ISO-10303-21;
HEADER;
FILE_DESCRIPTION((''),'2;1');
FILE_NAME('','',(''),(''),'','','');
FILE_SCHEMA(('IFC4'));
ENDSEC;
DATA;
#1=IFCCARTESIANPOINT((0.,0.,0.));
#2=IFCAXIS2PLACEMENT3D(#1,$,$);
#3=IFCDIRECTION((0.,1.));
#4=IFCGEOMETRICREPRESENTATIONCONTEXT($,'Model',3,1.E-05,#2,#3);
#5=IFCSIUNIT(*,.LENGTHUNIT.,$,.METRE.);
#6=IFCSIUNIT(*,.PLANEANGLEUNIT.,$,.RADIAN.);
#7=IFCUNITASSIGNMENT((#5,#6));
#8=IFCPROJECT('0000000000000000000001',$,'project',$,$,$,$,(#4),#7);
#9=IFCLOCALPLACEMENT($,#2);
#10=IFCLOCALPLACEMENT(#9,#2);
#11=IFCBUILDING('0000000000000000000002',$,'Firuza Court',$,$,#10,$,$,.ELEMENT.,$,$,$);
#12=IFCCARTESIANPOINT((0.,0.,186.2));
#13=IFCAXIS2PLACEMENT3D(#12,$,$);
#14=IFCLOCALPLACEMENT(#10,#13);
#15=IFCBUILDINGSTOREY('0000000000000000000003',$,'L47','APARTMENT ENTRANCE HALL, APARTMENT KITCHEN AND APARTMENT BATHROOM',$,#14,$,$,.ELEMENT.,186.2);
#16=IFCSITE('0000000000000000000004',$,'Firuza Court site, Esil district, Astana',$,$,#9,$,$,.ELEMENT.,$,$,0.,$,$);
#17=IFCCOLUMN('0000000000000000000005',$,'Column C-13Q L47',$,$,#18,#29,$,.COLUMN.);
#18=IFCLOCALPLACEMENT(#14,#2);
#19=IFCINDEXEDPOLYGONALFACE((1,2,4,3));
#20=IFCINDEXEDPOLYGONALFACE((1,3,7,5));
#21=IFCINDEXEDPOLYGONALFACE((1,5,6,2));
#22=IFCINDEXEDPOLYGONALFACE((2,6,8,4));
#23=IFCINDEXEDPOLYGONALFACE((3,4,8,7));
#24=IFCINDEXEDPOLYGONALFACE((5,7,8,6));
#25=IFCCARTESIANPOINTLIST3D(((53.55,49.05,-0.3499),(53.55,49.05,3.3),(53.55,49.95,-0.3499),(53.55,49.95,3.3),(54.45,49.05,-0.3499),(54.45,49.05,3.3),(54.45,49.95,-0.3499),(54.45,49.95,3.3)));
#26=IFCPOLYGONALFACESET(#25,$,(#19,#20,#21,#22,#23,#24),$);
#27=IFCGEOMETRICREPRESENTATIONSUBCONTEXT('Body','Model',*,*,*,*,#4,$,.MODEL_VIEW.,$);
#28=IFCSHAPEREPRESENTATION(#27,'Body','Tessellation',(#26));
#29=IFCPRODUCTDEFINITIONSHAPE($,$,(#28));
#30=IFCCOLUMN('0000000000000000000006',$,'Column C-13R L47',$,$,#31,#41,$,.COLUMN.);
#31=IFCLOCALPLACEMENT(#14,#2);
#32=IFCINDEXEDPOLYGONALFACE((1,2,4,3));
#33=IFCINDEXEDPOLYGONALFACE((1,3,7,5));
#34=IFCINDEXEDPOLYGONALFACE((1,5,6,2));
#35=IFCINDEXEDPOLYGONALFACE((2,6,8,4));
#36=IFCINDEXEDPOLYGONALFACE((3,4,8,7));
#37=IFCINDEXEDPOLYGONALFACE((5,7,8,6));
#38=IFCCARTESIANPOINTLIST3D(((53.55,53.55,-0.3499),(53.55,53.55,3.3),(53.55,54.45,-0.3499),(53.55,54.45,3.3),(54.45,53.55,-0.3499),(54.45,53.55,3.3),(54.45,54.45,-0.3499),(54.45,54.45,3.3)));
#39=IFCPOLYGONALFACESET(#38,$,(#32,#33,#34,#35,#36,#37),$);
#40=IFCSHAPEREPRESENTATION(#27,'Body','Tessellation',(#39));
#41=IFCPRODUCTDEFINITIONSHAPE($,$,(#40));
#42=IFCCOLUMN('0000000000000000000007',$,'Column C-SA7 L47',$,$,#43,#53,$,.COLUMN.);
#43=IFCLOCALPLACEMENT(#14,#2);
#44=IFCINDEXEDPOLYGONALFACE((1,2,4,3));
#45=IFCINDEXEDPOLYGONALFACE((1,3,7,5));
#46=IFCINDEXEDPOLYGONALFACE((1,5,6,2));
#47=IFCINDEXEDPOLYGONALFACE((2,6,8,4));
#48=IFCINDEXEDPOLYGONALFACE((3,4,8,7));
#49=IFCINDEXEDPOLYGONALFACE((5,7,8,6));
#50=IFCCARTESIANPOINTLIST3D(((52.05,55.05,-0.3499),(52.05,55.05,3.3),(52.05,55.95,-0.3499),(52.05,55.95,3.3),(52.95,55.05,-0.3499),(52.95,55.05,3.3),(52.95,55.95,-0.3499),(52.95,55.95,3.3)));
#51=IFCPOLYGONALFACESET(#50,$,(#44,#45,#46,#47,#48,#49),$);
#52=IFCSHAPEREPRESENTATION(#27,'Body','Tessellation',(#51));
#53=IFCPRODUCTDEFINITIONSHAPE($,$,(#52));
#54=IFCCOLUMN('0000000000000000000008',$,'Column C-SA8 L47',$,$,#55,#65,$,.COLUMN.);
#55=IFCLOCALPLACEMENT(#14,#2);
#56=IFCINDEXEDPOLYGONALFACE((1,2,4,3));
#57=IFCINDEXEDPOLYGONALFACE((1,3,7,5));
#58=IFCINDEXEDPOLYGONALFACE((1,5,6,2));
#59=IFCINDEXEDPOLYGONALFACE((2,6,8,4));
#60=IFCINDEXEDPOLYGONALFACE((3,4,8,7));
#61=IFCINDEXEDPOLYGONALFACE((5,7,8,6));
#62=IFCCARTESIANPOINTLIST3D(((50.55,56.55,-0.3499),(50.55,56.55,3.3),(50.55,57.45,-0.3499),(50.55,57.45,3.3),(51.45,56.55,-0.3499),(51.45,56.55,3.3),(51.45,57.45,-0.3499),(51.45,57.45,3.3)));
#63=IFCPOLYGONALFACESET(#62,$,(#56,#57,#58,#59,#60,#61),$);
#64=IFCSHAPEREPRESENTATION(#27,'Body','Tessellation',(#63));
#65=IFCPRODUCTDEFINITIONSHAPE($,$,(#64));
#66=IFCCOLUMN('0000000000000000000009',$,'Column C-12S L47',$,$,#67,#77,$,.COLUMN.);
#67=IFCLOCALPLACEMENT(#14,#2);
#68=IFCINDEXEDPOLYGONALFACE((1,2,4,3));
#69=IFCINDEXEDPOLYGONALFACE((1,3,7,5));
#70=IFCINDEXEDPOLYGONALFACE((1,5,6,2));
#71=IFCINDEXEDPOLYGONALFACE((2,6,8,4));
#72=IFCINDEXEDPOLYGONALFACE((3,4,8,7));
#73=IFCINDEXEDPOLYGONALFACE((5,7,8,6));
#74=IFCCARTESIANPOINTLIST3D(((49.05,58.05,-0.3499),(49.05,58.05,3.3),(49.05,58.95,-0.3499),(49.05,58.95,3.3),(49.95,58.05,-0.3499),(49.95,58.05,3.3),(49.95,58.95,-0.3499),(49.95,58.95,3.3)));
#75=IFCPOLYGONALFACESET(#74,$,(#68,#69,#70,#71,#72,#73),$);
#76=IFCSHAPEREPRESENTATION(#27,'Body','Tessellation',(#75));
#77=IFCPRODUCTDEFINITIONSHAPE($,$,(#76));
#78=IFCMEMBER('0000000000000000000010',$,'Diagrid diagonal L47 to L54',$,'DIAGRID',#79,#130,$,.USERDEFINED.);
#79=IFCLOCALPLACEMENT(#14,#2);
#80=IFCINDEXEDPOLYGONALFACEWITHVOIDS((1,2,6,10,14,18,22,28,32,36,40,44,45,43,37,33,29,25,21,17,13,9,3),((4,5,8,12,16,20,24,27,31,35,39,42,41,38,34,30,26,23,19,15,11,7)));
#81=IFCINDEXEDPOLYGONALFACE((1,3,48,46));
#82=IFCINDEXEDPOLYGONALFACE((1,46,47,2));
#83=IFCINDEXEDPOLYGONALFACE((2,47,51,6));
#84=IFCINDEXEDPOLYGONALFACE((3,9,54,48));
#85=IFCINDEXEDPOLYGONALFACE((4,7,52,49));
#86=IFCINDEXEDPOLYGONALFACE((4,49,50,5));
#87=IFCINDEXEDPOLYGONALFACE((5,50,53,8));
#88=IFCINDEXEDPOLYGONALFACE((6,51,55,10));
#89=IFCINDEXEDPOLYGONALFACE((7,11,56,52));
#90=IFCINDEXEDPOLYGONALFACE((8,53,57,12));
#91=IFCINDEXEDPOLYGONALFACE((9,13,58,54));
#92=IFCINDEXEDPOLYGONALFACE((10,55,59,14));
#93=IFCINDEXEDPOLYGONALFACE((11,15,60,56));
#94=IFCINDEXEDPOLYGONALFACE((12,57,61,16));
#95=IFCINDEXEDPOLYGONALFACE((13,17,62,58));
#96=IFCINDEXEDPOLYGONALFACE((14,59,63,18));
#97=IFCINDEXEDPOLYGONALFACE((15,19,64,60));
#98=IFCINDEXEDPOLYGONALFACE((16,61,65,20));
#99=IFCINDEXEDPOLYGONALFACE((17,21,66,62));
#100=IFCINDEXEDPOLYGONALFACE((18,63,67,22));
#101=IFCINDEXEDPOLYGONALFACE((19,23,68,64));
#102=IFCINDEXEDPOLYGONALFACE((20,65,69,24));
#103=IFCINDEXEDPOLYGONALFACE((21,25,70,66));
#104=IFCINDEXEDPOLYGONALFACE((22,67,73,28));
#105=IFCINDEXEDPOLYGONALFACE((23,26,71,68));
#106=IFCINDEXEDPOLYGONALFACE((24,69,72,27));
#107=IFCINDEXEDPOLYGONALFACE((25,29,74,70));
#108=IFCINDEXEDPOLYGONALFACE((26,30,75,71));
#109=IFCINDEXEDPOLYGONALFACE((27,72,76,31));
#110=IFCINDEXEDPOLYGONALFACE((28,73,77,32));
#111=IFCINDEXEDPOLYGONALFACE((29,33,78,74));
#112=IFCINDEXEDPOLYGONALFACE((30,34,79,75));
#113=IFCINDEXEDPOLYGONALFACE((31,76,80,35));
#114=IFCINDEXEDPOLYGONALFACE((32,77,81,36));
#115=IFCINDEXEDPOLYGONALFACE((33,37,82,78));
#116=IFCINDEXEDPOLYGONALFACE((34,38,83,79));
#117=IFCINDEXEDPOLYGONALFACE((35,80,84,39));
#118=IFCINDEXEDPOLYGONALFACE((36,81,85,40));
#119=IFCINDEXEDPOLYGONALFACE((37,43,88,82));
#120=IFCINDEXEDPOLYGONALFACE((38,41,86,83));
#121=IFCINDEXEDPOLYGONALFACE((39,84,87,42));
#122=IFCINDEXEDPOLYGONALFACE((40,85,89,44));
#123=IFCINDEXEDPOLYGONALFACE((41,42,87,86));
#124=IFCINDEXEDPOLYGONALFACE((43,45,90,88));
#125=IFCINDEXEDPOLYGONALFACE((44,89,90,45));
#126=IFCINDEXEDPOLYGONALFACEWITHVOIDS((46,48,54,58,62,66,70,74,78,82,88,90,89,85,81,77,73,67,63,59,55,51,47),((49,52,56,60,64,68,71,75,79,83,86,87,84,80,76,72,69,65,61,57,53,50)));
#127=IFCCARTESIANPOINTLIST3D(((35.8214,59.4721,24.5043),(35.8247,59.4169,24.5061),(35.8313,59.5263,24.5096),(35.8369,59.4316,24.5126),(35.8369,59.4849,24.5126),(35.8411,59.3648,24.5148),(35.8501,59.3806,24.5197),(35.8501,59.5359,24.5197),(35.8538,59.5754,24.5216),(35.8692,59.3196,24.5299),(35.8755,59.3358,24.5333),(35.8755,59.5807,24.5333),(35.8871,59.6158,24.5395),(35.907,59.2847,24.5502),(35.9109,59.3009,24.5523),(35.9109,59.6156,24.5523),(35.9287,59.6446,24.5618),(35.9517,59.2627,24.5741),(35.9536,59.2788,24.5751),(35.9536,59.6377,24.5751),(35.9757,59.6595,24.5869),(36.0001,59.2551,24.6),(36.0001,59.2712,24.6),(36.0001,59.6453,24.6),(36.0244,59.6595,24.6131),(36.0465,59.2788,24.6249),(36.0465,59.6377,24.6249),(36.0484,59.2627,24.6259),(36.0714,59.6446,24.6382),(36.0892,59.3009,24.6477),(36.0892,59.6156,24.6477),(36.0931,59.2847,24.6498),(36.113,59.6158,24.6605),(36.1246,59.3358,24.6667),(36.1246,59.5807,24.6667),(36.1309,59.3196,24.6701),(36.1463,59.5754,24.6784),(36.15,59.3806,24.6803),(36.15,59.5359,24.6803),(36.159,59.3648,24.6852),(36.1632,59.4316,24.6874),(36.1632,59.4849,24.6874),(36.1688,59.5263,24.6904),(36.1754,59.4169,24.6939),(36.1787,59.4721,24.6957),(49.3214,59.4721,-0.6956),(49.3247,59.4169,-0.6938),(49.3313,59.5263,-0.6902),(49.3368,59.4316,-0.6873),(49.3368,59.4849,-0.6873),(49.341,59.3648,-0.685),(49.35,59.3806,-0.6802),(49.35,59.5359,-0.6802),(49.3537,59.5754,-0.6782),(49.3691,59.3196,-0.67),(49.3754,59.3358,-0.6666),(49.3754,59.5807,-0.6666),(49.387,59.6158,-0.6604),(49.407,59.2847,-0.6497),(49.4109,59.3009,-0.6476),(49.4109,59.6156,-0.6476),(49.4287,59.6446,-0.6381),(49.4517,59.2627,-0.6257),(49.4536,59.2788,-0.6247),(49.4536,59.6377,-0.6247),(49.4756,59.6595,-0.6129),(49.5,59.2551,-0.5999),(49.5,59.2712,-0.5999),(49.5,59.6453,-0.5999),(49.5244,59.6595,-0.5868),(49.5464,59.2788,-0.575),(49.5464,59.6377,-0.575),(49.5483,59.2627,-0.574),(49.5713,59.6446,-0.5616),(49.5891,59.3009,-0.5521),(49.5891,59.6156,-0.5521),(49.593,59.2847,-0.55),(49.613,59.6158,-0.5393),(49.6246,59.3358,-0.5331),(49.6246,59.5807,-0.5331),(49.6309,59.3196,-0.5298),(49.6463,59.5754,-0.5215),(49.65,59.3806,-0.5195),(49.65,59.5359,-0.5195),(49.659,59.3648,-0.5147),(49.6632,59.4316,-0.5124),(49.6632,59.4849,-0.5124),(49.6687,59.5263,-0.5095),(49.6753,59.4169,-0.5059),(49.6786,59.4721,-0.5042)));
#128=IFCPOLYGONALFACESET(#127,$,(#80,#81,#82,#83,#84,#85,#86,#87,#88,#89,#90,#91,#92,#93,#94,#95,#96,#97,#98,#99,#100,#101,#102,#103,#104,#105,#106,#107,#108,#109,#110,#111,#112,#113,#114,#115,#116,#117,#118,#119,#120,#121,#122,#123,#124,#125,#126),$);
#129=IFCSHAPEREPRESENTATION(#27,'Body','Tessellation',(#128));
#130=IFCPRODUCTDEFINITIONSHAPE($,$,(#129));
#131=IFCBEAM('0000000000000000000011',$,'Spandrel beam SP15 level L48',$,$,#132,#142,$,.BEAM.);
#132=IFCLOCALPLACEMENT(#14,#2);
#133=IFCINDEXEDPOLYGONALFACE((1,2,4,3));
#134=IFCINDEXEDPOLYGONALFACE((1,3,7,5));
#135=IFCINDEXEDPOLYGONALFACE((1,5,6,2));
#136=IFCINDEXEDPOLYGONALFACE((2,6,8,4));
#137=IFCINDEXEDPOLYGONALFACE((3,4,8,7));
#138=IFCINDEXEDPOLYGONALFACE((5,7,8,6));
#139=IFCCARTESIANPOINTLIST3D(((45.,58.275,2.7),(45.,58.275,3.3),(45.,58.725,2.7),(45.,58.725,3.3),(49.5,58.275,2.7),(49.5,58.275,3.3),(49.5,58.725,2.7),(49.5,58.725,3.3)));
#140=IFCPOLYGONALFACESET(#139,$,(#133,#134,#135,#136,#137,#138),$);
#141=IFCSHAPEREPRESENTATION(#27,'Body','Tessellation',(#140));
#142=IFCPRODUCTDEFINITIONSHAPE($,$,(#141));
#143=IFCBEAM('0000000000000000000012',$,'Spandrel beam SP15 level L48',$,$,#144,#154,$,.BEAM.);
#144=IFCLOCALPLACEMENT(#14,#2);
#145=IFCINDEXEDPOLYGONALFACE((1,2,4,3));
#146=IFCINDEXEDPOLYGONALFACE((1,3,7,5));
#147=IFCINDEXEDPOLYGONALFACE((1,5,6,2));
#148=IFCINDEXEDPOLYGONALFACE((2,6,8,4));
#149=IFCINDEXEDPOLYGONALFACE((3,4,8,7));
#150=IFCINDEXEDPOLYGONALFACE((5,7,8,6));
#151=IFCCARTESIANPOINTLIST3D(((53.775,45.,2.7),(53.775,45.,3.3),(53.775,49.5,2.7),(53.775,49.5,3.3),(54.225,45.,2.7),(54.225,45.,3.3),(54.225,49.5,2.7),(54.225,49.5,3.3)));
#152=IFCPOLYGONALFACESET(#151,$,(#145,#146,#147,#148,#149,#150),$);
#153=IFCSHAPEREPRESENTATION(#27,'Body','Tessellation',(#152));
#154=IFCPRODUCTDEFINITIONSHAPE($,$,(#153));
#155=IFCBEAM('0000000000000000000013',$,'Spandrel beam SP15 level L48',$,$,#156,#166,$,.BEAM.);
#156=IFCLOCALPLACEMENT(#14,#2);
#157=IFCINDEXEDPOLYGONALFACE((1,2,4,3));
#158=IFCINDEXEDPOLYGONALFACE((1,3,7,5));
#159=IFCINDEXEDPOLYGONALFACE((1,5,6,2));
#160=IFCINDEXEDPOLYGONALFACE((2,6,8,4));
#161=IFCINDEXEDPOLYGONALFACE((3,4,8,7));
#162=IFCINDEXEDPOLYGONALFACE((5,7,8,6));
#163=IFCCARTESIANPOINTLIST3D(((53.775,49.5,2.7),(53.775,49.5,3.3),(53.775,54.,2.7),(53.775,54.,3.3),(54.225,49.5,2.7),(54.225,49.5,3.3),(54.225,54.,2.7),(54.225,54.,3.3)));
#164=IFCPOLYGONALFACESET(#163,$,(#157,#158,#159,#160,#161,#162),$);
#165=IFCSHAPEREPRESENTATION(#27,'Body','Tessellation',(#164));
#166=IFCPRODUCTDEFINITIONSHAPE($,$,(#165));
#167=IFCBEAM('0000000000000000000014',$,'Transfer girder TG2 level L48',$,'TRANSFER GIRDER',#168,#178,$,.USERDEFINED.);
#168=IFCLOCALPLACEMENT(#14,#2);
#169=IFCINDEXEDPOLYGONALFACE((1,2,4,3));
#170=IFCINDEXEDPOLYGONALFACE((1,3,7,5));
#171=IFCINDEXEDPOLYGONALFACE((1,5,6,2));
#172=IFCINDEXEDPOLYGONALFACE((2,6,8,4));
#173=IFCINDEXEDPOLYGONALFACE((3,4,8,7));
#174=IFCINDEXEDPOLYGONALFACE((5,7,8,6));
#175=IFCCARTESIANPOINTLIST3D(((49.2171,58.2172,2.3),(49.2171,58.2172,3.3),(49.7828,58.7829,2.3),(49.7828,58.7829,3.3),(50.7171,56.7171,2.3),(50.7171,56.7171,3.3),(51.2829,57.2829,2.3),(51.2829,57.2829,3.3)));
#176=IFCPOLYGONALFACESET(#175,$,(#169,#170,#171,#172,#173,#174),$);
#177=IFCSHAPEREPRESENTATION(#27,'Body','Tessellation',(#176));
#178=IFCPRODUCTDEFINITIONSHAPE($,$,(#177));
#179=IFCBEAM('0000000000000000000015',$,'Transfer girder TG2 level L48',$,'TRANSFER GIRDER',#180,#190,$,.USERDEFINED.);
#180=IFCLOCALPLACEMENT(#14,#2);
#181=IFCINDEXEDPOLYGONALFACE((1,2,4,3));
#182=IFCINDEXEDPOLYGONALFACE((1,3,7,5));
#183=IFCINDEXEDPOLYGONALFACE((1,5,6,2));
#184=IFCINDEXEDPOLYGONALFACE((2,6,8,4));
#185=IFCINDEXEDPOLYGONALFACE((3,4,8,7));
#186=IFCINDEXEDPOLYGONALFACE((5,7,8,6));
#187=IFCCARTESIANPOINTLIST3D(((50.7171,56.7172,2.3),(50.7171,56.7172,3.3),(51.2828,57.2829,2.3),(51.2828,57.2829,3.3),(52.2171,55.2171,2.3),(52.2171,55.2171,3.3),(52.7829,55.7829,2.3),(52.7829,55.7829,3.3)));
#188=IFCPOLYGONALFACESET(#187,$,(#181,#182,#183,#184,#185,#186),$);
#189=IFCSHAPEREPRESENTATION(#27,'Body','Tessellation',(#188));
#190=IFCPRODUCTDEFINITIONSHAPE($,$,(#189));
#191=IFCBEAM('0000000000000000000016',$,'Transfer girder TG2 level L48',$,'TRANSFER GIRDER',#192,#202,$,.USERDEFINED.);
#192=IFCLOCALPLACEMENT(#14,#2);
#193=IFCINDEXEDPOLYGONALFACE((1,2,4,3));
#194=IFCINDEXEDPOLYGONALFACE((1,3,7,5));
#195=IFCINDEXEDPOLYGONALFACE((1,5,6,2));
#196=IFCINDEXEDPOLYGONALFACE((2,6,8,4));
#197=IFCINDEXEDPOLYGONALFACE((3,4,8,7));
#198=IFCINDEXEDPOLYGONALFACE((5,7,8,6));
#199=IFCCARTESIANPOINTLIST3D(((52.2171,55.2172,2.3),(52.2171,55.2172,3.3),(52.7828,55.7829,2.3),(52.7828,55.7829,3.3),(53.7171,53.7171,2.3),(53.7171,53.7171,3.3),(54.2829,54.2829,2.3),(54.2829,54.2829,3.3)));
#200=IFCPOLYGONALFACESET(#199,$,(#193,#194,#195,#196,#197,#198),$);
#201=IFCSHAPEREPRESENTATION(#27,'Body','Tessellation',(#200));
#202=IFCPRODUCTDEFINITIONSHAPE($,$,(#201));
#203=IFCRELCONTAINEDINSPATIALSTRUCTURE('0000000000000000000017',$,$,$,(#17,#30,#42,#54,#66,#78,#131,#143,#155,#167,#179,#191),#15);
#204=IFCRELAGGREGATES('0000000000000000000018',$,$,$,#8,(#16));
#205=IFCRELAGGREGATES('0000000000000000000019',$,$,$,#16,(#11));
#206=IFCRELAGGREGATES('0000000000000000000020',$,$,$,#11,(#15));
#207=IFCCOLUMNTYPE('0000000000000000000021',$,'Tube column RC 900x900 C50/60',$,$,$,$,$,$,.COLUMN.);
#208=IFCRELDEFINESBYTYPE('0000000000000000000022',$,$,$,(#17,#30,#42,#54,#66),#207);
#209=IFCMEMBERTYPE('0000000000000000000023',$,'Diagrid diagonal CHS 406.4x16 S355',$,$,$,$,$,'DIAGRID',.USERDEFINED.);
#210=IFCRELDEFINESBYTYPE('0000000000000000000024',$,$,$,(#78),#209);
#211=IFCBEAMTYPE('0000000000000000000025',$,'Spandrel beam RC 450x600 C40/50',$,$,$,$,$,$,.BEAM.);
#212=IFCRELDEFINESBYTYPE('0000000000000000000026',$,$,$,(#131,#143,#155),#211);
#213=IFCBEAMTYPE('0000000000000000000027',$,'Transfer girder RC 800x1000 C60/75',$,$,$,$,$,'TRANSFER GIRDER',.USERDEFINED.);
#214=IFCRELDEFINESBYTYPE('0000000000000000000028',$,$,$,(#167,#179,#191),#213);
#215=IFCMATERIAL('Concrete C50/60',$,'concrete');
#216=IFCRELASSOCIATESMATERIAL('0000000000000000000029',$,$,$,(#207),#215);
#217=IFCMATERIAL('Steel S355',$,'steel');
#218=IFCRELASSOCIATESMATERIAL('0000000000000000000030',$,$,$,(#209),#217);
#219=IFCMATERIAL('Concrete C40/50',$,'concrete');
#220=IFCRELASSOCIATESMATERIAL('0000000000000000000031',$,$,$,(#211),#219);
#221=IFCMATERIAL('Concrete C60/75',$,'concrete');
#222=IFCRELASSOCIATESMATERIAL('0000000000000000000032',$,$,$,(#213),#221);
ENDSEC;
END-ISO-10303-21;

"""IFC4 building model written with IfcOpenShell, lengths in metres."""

from ifc_helpers import new_model, si_unit, direction, frame, origin, origin_2d, place, context, subcontext, project, spatial, rectangle, hollow_circle, extrude, material, material_profile, profile_set, type_object, element, save


model = new_model("IFC4")

# Units and contexts
model_context = context("Model", 3, precision=1e-05, world=origin(), true_north=direction((0.0, 1.0)))
body_context = subcontext(model_context, "Body", "Model", "MODEL_VIEW")
ifc_project = project(units=[si_unit("LENGTHUNIT", "METRE"), si_unit("PLANEANGLEUNIT", "RADIAN")], contexts=[model_context])

# Site, building, storey
site_placement = place(None, origin())
site = spatial("IfcSite", under=ifc_project, at=site_placement, Name="Firuza Court site, Esil district, Astana", CompositionType="ELEMENT", RefElevation=0.0)
building_placement = place(site_placement, origin())
building = spatial("IfcBuilding", under=site, at=building_placement, Name="Firuza Court", CompositionType="ELEMENT")
storey_placement = place(building_placement, frame((0.0, 0.0, 186.2)))
storey = spatial("IfcBuildingStorey", under=building, at=storey_placement, Name="L47", Description="APARTMENT ENTRANCE HALL, APARTMENT KITCHEN AND APARTMENT BATHROOM", CompositionType="ELEMENT", Elevation=186.2)

# Columns
ifc_material_1 = material(Name="Concrete C50/60", Category="concrete")
ifc_material_profile_1 = material_profile(ifc_material_1, rectangle(XDim=0.8999, YDim=0.8999, at=origin_2d()), Name="RC 900x900")
ifc_profile_set_1 = profile_set([ifc_material_profile_1], Name="Concrete C50/60")
column_type = type_object("IfcColumnType", Name="Tube column RC 900x900 C50/60", PredefinedType="COLUMN", material=ifc_profile_set_1)
for number, where, z_axis, x_axis, name in (
    (1, (54.0, 49.5, -0.3499), (0.0, 0.0, 1.0), (1.0, 0.0, 0.0), "Column C-13Q L47"),
    (2, (54.0, 54.0, -0.3499), (0.0, 0.0, 1.0), (1.0, 0.0, 0.0), "Column C-13R L47"),
    (3, (52.5, 55.5, -0.3499), (0.0, 0.0, 1.0), (1.0, 0.0, 0.0), "Column C-SA7 L47"),
    (4, (51.0, 57.0, -0.3499), (0.0, 0.0, 1.0), (1.0, 0.0, 0.0), "Column C-SA8 L47"),
    (5, (49.5, 58.5, -0.3499), (0.0, 0.0, 1.0), (1.0, 0.0, 0.0), "Column C-12S L47"),
):
    element("IfcColumn", number, at=place(storey_placement, frame(where, z_axis=z_axis, x_axis=x_axis)), inside=storey, type_object=column_type, Name=name, PredefinedType="COLUMN", context=body_context, shape_type="SweptSolid", body=[
        extrude(rectangle(XDim=0.8999, YDim=0.8999, at=origin_2d()), origin(), (0.0, 0.0, 1.0), 3.6499),
    ])

# Member
ifc_material_2 = material(Name="Steel S355", Category="steel")
ifc_material_profile_2 = material_profile(ifc_material_2, hollow_circle(Radius=0.2031, WallThickness=0.0161, at=origin_2d()), Name="CHS 406.4x16")
ifc_profile_set_2 = profile_set([ifc_material_profile_2], Name="Steel S355")
member_type = type_object("IfcMemberType", Name="Diagrid diagonal CHS 406.4x16 S355", ElementType="DIAGRID", PredefinedType="USERDEFINED", material=ifc_profile_set_2)
member_placement = place(storey_placement, frame((49.5, 59.4583, -0.5999), z_axis=(-0.472222, 0.0, 0.88148), x_axis=(0.0, -1.0, 0.0)))
element("IfcMember", 6, at=member_placement, inside=storey, type_object=member_type, Name="Diagrid diagonal L47 to L54", ObjectType="DIAGRID", PredefinedType="USERDEFINED", context=body_context, shape_type="SweptSolid", body=[
    extrude(hollow_circle(Radius=0.2031, WallThickness=0.0161, at=origin_2d()), origin(), (0.0, 0.0, 1.0), 28.5881),
])

# Beams
ifc_material_3 = material(Name="Concrete C40/50", Category="concrete")
ifc_material_profile_3 = material_profile(ifc_material_3, rectangle(XDim=0.45, YDim=0.6001, at=origin_2d()), Name="RC 450x600")
ifc_profile_set_3 = profile_set([ifc_material_profile_3], Name="Concrete C40/50")
beam_type_1 = type_object("IfcBeamType", Name="Spandrel beam RC 450x600 C40/50", PredefinedType="BEAM", material=ifc_profile_set_3)
for number, where, z_axis, x_axis, name in (
    (7, (49.5, 58.5, 3.0), (-1.0, 0.0, 0.0), (0.0, -1.0, 0.0), "Spandrel beam SP15 level L48"),
    (8, (54.0, 45.0, 3.0), (0.0, 1.0, 0.0), (-1.0, 0.0, 0.0), "Spandrel beam SP15 level L48"),
    (9, (54.0, 49.5, 3.0), (0.0, 1.0, 0.0), (-1.0, 0.0, 0.0), "Spandrel beam SP15 level L48"),
):
    element("IfcBeam", number, at=place(storey_placement, frame(where, z_axis=z_axis, x_axis=x_axis)), inside=storey, type_object=beam_type_1, Name=name, PredefinedType="BEAM", context=body_context, shape_type="SweptSolid", body=[
        extrude(rectangle(XDim=0.45, YDim=0.6001, at=origin_2d()), origin(), (0.0, 0.0, 1.0), 4.5),
    ])
ifc_material_4 = material(Name="Concrete C60/75", Category="concrete")
ifc_material_profile_4 = material_profile(ifc_material_4, rectangle(XDim=0.8, YDim=1.0, at=origin_2d()), Name="RC 800x1000")
ifc_profile_set_4 = profile_set([ifc_material_profile_4], Name="Concrete C60/75")
beam_type_2 = type_object("IfcBeamType", Name="Transfer girder RC 800x1000 C60/75", ElementType="TRANSFER GIRDER", PredefinedType="USERDEFINED", material=ifc_profile_set_4)
for number, where, z_axis, x_axis, name in (
    (10, (51.0, 57.0, 2.8), (-0.707107, 0.707107, 0.0), (-0.707107, -0.707107, 0.0), "Transfer girder TG2 level L48"),
    (11, (52.5, 55.5, 2.8), (-0.707107, 0.707107, 0.0), (-0.707107, -0.707107, 0.0), "Transfer girder TG2 level L48"),
    (12, (54.0, 54.0, 2.8), (-0.707107, 0.707107, 0.0), (-0.707107, -0.707107, 0.0), "Transfer girder TG2 level L48"),
):
    element("IfcBeam", number, at=place(storey_placement, frame(where, z_axis=z_axis, x_axis=x_axis)), inside=storey, type_object=beam_type_2, Name=name, ObjectType="TRANSFER GIRDER", PredefinedType="USERDEFINED", context=body_context, shape_type="SweptSolid", body=[
        extrude(rectangle(XDim=0.8, YDim=1.0, at=origin_2d()), origin(), (0.0, 0.0, 1.0), 2.1213),
    ])

save(model, "model.ifc")
